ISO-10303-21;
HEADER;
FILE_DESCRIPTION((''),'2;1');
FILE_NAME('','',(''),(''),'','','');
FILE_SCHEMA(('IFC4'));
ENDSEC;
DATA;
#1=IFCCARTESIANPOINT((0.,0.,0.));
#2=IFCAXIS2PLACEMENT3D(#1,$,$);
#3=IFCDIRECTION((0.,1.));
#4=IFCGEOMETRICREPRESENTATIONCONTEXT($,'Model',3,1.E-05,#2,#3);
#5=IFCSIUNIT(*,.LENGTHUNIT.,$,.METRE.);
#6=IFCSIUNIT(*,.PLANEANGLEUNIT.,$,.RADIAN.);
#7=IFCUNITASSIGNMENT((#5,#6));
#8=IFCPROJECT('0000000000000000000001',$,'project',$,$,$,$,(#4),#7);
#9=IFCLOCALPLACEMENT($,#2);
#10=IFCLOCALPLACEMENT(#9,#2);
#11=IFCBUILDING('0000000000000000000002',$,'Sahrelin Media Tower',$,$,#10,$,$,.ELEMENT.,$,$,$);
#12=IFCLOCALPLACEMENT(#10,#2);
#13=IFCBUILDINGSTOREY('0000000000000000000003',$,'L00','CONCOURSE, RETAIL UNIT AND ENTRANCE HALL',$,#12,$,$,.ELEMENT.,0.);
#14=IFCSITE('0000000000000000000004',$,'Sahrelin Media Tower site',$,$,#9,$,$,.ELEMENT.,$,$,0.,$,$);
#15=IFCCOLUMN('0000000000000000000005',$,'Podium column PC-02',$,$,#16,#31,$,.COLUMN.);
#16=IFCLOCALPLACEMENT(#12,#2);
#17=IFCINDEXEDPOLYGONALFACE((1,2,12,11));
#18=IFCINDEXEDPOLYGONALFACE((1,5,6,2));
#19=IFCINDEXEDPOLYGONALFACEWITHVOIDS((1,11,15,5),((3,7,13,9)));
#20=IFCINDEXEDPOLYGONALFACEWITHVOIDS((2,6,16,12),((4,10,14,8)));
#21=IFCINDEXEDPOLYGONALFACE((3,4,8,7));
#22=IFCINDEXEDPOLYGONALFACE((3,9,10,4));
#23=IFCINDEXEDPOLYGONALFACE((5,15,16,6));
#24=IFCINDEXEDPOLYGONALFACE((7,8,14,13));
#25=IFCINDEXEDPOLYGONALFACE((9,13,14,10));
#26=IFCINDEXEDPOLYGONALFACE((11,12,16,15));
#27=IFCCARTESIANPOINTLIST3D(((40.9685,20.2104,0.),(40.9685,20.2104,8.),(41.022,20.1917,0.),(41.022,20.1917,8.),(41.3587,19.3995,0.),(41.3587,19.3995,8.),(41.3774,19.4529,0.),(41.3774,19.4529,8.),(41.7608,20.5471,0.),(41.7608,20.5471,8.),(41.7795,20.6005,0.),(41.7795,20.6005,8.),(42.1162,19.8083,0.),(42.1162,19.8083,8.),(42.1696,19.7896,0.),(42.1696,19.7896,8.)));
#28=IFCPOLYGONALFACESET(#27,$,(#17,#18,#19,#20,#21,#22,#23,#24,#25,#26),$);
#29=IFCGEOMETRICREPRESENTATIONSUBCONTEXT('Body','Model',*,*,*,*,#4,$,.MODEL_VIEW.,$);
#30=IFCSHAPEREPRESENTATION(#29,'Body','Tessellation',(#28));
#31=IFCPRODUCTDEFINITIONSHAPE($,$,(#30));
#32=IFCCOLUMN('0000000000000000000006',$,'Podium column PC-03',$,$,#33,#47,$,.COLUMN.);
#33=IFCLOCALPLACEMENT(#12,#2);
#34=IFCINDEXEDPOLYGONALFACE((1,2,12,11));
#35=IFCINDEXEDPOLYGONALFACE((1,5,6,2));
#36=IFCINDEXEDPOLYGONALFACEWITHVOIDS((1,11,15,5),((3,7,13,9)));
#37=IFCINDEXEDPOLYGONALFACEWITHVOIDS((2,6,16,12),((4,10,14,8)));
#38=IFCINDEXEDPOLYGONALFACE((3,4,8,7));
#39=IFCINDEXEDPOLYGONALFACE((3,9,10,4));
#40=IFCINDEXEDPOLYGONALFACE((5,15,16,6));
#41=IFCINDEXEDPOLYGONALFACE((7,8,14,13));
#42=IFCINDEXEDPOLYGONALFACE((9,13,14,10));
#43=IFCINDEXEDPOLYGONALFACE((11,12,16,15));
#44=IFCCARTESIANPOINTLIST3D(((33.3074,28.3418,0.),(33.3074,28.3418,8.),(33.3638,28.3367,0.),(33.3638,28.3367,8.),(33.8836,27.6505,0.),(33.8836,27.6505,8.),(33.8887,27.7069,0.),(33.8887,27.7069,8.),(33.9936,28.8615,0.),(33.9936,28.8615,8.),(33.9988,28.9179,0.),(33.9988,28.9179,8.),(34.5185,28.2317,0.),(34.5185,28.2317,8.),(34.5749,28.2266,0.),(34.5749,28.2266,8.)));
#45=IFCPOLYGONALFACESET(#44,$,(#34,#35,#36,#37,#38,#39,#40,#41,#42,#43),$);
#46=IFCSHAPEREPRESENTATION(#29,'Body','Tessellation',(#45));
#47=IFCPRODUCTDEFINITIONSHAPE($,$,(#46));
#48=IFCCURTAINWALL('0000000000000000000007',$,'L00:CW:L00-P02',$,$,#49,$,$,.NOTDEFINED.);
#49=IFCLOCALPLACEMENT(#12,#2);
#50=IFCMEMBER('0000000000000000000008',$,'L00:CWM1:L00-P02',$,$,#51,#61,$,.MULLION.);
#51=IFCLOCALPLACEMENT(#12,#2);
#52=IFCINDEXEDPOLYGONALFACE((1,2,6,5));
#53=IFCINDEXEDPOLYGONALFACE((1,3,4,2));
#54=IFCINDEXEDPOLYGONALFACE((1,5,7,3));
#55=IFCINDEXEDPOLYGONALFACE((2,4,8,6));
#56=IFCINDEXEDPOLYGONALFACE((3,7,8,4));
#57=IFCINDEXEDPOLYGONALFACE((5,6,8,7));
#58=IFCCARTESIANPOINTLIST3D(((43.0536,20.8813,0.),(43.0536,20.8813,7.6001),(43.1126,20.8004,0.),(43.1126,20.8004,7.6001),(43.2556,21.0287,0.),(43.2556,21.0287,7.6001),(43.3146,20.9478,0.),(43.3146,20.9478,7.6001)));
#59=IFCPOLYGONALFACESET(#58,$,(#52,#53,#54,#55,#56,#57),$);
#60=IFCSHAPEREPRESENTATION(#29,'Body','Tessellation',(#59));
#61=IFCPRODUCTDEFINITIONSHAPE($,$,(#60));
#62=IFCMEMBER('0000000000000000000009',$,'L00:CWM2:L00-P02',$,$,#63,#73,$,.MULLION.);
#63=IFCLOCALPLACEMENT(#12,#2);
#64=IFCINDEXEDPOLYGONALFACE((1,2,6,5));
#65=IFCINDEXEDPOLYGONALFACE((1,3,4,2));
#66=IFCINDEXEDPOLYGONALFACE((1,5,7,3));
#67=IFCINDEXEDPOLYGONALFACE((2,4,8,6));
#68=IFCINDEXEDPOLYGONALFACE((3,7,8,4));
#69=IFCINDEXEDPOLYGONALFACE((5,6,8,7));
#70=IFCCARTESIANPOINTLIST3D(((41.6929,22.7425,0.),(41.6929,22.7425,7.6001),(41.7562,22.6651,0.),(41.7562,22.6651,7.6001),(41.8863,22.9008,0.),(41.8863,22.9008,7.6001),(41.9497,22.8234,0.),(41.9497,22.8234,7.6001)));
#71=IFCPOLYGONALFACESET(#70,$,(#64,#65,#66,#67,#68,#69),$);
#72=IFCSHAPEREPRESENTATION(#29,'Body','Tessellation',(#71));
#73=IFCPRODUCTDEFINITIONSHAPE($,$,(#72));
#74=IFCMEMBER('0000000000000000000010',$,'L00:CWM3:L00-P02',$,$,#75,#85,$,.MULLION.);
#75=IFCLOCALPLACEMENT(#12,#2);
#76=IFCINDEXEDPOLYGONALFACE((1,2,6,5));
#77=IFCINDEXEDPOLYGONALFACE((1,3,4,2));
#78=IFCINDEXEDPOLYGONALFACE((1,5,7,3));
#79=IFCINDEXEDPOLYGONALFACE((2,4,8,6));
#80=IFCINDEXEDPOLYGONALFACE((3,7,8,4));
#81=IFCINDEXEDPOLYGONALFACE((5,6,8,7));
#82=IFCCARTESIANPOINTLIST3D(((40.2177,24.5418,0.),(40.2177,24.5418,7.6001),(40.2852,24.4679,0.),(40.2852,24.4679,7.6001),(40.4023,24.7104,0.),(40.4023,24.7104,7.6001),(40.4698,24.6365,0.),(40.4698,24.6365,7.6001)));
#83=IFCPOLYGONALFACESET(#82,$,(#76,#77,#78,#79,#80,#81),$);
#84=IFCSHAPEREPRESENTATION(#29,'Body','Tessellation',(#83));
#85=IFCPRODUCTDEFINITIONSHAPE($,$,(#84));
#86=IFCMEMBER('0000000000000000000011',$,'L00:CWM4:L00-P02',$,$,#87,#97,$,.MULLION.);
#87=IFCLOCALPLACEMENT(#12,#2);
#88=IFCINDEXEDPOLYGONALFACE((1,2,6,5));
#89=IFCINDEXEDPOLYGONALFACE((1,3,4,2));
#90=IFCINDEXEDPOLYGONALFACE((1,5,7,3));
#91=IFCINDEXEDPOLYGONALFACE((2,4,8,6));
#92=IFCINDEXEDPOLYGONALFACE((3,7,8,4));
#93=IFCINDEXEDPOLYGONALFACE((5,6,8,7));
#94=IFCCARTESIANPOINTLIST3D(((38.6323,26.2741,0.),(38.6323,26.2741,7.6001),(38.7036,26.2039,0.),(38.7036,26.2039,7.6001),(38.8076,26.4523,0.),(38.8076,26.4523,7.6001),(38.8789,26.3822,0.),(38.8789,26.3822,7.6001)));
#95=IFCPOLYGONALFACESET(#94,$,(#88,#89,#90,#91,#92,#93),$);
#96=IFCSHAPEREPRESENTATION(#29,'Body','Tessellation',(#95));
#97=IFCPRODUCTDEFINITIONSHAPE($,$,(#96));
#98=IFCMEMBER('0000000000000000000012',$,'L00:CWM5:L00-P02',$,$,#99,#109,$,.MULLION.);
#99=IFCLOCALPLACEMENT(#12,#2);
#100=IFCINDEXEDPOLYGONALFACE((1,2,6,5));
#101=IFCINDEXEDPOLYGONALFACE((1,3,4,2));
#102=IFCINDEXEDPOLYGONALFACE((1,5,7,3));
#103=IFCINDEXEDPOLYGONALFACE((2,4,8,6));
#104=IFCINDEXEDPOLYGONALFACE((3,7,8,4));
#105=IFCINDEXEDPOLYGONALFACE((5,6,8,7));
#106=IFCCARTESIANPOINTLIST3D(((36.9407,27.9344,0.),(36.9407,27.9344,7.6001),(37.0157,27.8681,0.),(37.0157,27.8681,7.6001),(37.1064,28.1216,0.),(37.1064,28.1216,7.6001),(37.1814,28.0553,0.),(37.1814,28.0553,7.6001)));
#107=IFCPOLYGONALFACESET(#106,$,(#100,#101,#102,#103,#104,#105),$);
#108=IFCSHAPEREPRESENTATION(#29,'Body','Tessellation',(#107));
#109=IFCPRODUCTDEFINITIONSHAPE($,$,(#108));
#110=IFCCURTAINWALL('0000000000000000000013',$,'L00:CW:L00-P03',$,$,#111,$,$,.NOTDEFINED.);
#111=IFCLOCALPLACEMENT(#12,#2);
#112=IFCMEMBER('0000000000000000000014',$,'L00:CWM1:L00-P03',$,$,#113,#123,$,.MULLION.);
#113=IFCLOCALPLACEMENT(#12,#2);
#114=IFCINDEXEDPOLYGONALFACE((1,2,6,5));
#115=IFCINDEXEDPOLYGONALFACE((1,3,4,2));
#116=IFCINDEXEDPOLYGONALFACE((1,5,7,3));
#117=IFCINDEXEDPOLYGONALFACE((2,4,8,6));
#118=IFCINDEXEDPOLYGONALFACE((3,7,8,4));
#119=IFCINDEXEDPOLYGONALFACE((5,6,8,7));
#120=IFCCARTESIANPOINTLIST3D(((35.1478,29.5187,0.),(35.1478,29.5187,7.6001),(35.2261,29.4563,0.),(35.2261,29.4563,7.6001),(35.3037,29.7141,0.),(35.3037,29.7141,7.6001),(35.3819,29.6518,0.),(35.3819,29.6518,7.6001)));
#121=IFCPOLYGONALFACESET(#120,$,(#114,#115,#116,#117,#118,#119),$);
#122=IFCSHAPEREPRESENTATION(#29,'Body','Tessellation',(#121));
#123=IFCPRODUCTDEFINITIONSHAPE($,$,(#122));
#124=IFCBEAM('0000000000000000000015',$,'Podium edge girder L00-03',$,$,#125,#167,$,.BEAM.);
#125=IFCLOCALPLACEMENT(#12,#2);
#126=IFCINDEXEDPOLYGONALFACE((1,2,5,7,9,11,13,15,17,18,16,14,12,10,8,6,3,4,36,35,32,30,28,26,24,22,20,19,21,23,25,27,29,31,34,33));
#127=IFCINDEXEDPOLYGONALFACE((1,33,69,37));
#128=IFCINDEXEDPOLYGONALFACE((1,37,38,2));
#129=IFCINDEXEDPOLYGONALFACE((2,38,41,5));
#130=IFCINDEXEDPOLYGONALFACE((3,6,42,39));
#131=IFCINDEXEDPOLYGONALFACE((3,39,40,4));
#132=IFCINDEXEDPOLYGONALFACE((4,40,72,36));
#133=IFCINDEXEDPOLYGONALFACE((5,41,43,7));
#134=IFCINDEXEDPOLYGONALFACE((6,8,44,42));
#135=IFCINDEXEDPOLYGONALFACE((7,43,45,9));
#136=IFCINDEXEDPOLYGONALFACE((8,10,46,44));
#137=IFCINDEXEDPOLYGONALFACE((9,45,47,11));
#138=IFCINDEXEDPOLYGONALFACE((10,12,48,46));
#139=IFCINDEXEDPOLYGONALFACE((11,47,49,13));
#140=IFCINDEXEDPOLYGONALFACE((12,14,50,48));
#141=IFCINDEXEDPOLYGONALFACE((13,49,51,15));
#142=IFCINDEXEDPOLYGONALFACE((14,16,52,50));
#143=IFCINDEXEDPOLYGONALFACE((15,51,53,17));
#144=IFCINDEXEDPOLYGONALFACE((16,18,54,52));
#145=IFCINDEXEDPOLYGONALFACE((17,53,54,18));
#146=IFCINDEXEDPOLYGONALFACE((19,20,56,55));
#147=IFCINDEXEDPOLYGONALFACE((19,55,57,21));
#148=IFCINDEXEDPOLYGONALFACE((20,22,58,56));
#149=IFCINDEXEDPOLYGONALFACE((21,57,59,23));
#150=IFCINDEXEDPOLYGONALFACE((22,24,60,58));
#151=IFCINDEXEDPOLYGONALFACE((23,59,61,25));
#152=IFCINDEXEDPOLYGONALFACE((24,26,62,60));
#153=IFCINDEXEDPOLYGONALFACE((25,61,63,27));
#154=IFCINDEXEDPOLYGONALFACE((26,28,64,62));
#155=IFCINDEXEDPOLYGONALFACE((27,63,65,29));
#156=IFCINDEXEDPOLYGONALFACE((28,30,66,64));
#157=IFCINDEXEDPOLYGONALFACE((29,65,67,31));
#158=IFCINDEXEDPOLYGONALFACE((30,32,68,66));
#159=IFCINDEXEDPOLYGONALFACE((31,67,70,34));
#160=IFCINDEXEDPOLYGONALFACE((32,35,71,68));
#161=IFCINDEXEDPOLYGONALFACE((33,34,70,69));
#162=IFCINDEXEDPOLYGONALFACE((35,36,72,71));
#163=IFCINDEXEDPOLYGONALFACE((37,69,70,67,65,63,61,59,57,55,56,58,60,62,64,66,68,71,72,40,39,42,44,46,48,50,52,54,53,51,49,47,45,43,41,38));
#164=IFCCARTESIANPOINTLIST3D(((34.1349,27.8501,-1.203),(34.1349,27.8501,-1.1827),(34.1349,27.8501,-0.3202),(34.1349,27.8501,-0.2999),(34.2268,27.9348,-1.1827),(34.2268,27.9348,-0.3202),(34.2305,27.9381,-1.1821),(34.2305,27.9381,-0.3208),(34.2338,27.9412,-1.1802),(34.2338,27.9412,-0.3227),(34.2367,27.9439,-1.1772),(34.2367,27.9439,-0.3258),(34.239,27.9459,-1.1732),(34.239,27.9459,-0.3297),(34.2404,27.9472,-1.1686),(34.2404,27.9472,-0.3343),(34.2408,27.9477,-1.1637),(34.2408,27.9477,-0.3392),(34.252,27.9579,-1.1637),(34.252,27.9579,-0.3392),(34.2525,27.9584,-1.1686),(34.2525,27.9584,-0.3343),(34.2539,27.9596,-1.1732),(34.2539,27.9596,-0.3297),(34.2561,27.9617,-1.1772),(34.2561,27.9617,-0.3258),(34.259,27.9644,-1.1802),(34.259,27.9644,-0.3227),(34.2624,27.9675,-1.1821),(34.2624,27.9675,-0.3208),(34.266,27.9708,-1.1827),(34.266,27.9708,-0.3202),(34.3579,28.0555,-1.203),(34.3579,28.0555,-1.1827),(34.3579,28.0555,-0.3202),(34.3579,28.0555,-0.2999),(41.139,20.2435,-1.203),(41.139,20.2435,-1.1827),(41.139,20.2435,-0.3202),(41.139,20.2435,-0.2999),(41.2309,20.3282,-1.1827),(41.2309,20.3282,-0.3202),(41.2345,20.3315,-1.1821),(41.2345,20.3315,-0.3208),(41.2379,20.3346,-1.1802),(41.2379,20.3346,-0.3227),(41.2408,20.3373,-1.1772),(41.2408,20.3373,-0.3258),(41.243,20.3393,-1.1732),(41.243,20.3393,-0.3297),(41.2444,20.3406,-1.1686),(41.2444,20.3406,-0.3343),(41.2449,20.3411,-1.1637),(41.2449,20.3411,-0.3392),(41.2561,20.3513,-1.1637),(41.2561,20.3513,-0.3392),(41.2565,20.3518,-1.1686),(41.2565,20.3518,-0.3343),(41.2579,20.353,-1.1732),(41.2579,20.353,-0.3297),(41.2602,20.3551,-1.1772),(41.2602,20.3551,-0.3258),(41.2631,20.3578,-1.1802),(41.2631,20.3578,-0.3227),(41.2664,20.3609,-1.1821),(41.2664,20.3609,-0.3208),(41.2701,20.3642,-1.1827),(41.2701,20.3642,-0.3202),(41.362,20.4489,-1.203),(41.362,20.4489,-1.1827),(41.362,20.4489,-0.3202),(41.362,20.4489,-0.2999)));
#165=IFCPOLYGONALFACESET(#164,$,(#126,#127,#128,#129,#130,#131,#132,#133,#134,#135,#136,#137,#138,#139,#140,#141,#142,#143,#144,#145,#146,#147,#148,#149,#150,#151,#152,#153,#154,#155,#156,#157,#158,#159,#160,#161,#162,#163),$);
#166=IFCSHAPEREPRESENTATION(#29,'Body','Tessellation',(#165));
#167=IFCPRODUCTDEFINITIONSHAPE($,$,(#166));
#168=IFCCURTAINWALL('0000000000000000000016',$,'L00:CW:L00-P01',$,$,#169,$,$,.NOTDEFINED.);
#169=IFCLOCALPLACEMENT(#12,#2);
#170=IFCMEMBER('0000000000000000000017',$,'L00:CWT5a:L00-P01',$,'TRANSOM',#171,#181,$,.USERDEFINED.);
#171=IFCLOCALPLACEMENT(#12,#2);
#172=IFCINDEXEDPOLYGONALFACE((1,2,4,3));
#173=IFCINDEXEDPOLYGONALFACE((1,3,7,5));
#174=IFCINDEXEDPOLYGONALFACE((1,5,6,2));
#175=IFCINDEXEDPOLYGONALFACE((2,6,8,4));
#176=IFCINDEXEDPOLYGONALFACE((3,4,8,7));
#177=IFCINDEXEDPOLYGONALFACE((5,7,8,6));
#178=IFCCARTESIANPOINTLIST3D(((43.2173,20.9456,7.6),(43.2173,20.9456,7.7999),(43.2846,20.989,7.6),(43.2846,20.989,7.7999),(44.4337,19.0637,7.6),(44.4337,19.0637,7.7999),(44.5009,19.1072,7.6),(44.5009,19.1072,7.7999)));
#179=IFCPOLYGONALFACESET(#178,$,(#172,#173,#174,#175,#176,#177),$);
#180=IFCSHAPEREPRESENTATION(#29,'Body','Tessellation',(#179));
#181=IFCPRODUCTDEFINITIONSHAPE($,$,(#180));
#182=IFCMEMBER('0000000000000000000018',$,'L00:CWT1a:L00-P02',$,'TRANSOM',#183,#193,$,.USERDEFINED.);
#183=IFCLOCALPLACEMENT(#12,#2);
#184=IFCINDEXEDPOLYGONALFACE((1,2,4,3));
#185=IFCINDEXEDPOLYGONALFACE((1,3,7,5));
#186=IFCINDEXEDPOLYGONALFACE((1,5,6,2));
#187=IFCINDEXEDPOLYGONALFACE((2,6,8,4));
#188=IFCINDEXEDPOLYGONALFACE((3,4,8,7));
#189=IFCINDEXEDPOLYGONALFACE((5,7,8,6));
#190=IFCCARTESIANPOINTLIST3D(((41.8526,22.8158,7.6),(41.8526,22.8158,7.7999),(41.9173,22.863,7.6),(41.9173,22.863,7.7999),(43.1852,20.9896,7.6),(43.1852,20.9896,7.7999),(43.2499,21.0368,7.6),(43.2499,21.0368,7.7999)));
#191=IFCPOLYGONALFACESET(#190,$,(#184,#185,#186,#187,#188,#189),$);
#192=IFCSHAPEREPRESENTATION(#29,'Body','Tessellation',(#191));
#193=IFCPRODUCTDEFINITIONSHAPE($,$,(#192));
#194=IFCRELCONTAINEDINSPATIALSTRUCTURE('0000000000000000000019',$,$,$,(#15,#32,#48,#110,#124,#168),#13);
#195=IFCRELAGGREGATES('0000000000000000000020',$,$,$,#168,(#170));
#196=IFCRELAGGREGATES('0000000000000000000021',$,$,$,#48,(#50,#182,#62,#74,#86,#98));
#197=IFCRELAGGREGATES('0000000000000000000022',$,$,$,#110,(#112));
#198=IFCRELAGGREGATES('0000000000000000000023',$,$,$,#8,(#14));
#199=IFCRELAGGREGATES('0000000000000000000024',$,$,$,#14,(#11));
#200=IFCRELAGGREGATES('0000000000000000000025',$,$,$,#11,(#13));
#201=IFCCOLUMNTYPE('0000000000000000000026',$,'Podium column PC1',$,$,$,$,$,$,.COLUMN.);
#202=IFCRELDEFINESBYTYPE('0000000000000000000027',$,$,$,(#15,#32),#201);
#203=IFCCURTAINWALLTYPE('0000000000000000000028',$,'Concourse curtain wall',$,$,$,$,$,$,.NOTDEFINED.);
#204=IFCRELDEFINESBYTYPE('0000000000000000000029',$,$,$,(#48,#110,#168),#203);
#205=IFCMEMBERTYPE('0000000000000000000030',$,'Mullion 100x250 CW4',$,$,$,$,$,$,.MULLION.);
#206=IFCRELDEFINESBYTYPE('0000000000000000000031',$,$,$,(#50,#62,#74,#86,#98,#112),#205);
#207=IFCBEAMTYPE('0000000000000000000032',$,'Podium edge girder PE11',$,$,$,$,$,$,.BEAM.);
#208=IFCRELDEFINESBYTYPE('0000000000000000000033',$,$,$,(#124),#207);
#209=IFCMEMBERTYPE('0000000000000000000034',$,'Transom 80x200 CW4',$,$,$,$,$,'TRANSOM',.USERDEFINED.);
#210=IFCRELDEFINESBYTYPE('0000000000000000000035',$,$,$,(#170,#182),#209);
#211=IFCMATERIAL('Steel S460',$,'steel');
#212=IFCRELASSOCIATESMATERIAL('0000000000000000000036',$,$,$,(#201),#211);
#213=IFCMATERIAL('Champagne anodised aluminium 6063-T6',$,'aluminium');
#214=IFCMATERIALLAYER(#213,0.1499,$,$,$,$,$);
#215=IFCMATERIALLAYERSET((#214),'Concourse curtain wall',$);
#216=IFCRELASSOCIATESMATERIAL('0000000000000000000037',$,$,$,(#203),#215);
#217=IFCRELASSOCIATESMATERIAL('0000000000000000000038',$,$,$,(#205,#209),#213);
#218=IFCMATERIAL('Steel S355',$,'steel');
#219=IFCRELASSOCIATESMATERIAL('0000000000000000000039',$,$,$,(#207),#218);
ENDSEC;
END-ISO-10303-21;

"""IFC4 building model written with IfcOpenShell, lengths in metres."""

from ifc_helpers import new_model, si_unit, direction, frame, origin, origin_2d, place, context, subcontext, project, spatial, rectangle, hollow_rectangle, i_section, extrude, material, layer, layer_set, material_profile, profile_set, type_object, element, aggregate, save


model = new_model("IFC4")

# Units and contexts
model_context = context("Model", 3, precision=1e-05, world=origin(), true_north=direction((0.0, 1.0)))
body_context = subcontext(model_context, "Body", "Model", "MODEL_VIEW")
ifc_project = project(units=[si_unit("LENGTHUNIT", "METRE"), si_unit("PLANEANGLEUNIT", "RADIAN")], contexts=[model_context])

# Site, building, storey
site_placement = place(None, origin())
site = spatial("IfcSite", under=ifc_project, at=site_placement, Name="Sahrelin Media Tower site", CompositionType="ELEMENT", RefElevation=0.0)
building_placement = place(site_placement, origin())
building = spatial("IfcBuilding", under=site, at=building_placement, Name="Sahrelin Media Tower", CompositionType="ELEMENT")
storey_placement = place(building_placement, origin())
storey = spatial("IfcBuildingStorey", under=building, at=storey_placement, Name="L00", Description="CONCOURSE, RETAIL UNIT AND ENTRANCE HALL", CompositionType="ELEMENT", Elevation=0.0)

# Columns
ifc_material_1 = material(Name="Steel S460", Category="steel")
ifc_material_profile_1 = material_profile(ifc_material_1, hollow_rectangle(XDim=0.8999, YDim=0.8999, WallThickness=0.04, at=origin_2d()), Name="Podium column PC1")
ifc_profile_set_1 = profile_set([ifc_material_profile_1], Name="Steel S460")
column_type = type_object("IfcColumnType", Name="Podium column PC1", PredefinedType="COLUMN", material=ifc_profile_set_1)
for number, where, z_axis, x_axis, name in (
    (1, (41.5691, 20.0, 0.0), (0.0, 0.0, 1.0), (0.901127, 0.433555, 0.0), "Podium column PC-02"),
    (2, (33.9412, 28.2842, 0.0), (0.0, 0.0, 1.0), (0.768221, 0.640185, 0.0), "Podium column PC-03"),
):
    element("IfcColumn", number, at=place(storey_placement, frame(where, z_axis=z_axis, x_axis=x_axis)), inside=storey, type_object=column_type, Name=name, PredefinedType="COLUMN", context=body_context, shape_type="SweptSolid", body=[
        extrude(hollow_rectangle(XDim=0.8999, YDim=0.8999, WallThickness=0.04, at=origin_2d()), origin(), (0.0, 0.0, 1.0), 8.0),
    ])

# Curtain wall, members
ifc_material_2 = material(Name="Champagne anodised aluminium 6063-T6", Category="aluminium")
ifc_layer_1 = layer(ifc_material_2, 0.1499)
ifc_layer_set_1 = layer_set([ifc_layer_1], Name="Concourse curtain wall")
curtain_wall_type = type_object("IfcCurtainWallType", Name="Concourse curtain wall", PredefinedType="NOTDEFINED", material=ifc_layer_set_1)
curtain_wall_1_placement = place(storey_placement, frame((43.3013, 21.0, 0.0), z_axis=(0.0, 0.0, 1.0), x_axis=(1.0, 0.0, 0.0)))
curtain_wall_1 = element("IfcCurtainWall", 3, at=curtain_wall_1_placement, inside=storey, type_object=curtain_wall_type, Name="L00:CW:L00-P02", PredefinedType="NOTDEFINED")
ifc_material_profile_2 = material_profile(ifc_material_2, rectangle(XDim=0.1001, YDim=0.25, at=origin_2d()), Name="Mullion 100x250")
ifc_profile_set_2 = profile_set([ifc_material_profile_2], Name="Champagne anodised aluminium 6063-T6")
member_type_1 = type_object("IfcMemberType", Name="Mullion 100x250 CW4", PredefinedType="MULLION", material=ifc_profile_set_2)
member_1_placement = place(storey_placement, frame((43.1841, 20.9146, 0.0), z_axis=(0.0, 0.0, 1.0), x_axis=(-0.589385, 0.807852, 0.0)))
member_1 = element("IfcMember", 4, at=member_1_placement, type_object=member_type_1, Name="L00:CWM1:L00-P02", PredefinedType="MULLION", context=body_context, shape_type="SweptSolid", body=[
    extrude(rectangle(XDim=0.1001, YDim=0.25, at=origin_2d()), origin(), (0.0, 0.0, 1.0), 7.6001),
])
member_2_placement = place(storey_placement, frame((41.8213, 22.783, 0.0), z_axis=(0.0, 0.0, 1.0), x_axis=(-0.633235, 0.77396, 0.0)))
member_2 = element("IfcMember", 5, at=member_2_placement, type_object=member_type_1, Name="L00:CWM2:L00-P02", PredefinedType="MULLION", context=body_context, shape_type="SweptSolid", body=[
    extrude(rectangle(XDim=0.1001, YDim=0.25, at=origin_2d()), origin(), (0.0, 0.0, 1.0), 7.6001),
])
member_3_placement = place(storey_placement, frame((40.3438, 24.5891, 0.0), z_axis=(0.0, 0.0, 1.0), x_axis=(-0.67443, 0.738339, 0.0)))
member_3 = element("IfcMember", 6, at=member_3_placement, type_object=member_type_1, Name="L00:CWM3:L00-P02", PredefinedType="MULLION", context=body_context, shape_type="SweptSolid", body=[
    extrude(rectangle(XDim=0.1001, YDim=0.25, at=origin_2d()), origin(), (0.0, 0.0, 1.0), 7.6001),
])
member_4_placement = place(storey_placement, frame((38.7556, 26.3281, 0.0), z_axis=(0.0, 0.0, 1.0), x_axis=(-0.712974, 0.701191, 0.0)))
member_4 = element("IfcMember", 7, at=member_4_placement, type_object=member_type_1, Name="L00:CWM4:L00-P02", PredefinedType="MULLION", context=body_context, shape_type="SweptSolid", body=[
    extrude(rectangle(XDim=0.1001, YDim=0.25, at=origin_2d()), origin(), (0.0, 0.0, 1.0), 7.6001),
])
member_5_placement = place(storey_placement, frame((37.061, 27.9949, 0.0), z_axis=(0.0, 0.0, 1.0), x_axis=(-0.748788, 0.66281, 0.0)))
member_5 = element("IfcMember", 8, at=member_5_placement, type_object=member_type_1, Name="L00:CWM5:L00-P02", PredefinedType="MULLION", context=body_context, shape_type="SweptSolid", body=[
    extrude(rectangle(XDim=0.1001, YDim=0.25, at=origin_2d()), origin(), (0.0, 0.0, 1.0), 7.6001),
])

# Curtain wall, member
curtain_wall_2_placement = place(storey_placement, frame((35.3552, 29.6985, 0.0), z_axis=(0.0, 0.0, 1.0), x_axis=(1.0, 0.0, 0.0)))
curtain_wall_2 = element("IfcCurtainWall", 9, at=curtain_wall_2_placement, inside=storey, type_object=curtain_wall_type, Name="L00:CW:L00-P03", PredefinedType="NOTDEFINED")
member_6_placement = place(storey_placement, frame((35.2649, 29.5852, 0.0), z_axis=(0.0, 0.0, 1.0), x_axis=(-0.78196, 0.623328, 0.0)))
member_6 = element("IfcMember", 10, at=member_6_placement, type_object=member_type_1, Name="L00:CWM1:L00-P03", PredefinedType="MULLION", context=body_context, shape_type="SweptSolid", body=[
    extrude(rectangle(XDim=0.1001, YDim=0.25, at=origin_2d()), origin(), (0.0, 0.0, 1.0), 7.6001),
])

# Beam
ifc_material_3 = material(Name="Steel S355", Category="steel")
ifc_material_profile_3 = material_profile(ifc_material_3, i_section(OverallWidth=0.3032, OverallDepth=0.9031, WebThickness=0.0151, FlangeThickness=0.0203, FilletRadius=0.019, at=origin_2d()), Name="UB 914x305x201")
ifc_profile_set_3 = profile_set([ifc_material_profile_3], Name="Steel S355")
beam_type = type_object("IfcBeamType", Name="Podium edge girder PE11", PredefinedType="BEAM", material=ifc_profile_set_3)
beam_placement = place(storey_placement, frame((41.2505, 20.3462, -0.7515), z_axis=(-0.677371, 0.735642, 0.0), x_axis=(-0.735642, -0.677371, 0.0)))
element("IfcBeam", 11, at=beam_placement, inside=storey, type_object=beam_type, Name="Podium edge girder L00-03", PredefinedType="BEAM", context=body_context, shape_type="SweptSolid", body=[
    extrude(i_section(OverallWidth=0.3032, OverallDepth=0.9031, WebThickness=0.0151, FlangeThickness=0.0203, FilletRadius=0.019, at=origin_2d()), origin(), (0.0, 0.0, 1.0), 10.3401),
])

# Curtain wall, member
curtain_wall_3_placement = place(storey_placement, frame((48.2964, 10.8704, 0.0), z_axis=(0.0, 0.0, 1.0), x_axis=(1.0, 0.0, 0.0)))
curtain_wall_3 = element("IfcCurtainWall", 12, at=curtain_wall_3_placement, inside=storey, type_object=curtain_wall_type, Name="L00:CW:L00-P01", PredefinedType="NOTDEFINED")
ifc_material_profile_4 = material_profile(ifc_material_2, rectangle(XDim=0.0801, YDim=0.2, at=origin_2d()), Name="Transom 80x200")
ifc_profile_set_4 = profile_set([ifc_material_profile_4], Name="Champagne anodised aluminium 6063-T6")
member_type_2 = type_object("IfcMemberType", Name="Transom 80x200 CW4", ElementType="TRANSOM", PredefinedType="USERDEFINED", material=ifc_profile_set_4)
member_7_placement = place(storey_placement, frame((44.4673, 19.0854, 7.7), z_axis=(-0.542827, 0.839845, 0.0), x_axis=(-0.839845, -0.542827, 0.0)))
member_7 = element("IfcMember", 13, at=member_7_placement, type_object=member_type_2, Name="L00:CWT5a:L00-P01", ObjectType="TRANSOM", PredefinedType="USERDEFINED", context=body_context, shape_type="SweptSolid", body=[
    extrude(rectangle(XDim=0.0801, YDim=0.2, at=origin_2d()), origin(), (0.0, 0.0, 1.0), 2.2407),
])

# Member
member_8_placement = place(storey_placement, frame((43.2175, 21.0132, 7.7), z_axis=(-0.589442, 0.80781, 0.0), x_axis=(-0.80781, -0.589442, 0.0)))
member_8 = element("IfcMember", 14, at=member_8_placement, type_object=member_type_2, Name="L00:CWT1a:L00-P02", ObjectType="TRANSOM", PredefinedType="USERDEFINED", context=body_context, shape_type="SweptSolid", body=[
    extrude(rectangle(XDim=0.0801, YDim=0.2, at=origin_2d()), origin(), (0.0, 0.0, 1.0), 2.2607),
])

aggregate(curtain_wall_3, [member_7])
aggregate(curtain_wall_1, [member_1, member_8, member_2, member_3, member_4, member_5])
aggregate(curtain_wall_2, [member_6])

save(model, "model.ifc")
